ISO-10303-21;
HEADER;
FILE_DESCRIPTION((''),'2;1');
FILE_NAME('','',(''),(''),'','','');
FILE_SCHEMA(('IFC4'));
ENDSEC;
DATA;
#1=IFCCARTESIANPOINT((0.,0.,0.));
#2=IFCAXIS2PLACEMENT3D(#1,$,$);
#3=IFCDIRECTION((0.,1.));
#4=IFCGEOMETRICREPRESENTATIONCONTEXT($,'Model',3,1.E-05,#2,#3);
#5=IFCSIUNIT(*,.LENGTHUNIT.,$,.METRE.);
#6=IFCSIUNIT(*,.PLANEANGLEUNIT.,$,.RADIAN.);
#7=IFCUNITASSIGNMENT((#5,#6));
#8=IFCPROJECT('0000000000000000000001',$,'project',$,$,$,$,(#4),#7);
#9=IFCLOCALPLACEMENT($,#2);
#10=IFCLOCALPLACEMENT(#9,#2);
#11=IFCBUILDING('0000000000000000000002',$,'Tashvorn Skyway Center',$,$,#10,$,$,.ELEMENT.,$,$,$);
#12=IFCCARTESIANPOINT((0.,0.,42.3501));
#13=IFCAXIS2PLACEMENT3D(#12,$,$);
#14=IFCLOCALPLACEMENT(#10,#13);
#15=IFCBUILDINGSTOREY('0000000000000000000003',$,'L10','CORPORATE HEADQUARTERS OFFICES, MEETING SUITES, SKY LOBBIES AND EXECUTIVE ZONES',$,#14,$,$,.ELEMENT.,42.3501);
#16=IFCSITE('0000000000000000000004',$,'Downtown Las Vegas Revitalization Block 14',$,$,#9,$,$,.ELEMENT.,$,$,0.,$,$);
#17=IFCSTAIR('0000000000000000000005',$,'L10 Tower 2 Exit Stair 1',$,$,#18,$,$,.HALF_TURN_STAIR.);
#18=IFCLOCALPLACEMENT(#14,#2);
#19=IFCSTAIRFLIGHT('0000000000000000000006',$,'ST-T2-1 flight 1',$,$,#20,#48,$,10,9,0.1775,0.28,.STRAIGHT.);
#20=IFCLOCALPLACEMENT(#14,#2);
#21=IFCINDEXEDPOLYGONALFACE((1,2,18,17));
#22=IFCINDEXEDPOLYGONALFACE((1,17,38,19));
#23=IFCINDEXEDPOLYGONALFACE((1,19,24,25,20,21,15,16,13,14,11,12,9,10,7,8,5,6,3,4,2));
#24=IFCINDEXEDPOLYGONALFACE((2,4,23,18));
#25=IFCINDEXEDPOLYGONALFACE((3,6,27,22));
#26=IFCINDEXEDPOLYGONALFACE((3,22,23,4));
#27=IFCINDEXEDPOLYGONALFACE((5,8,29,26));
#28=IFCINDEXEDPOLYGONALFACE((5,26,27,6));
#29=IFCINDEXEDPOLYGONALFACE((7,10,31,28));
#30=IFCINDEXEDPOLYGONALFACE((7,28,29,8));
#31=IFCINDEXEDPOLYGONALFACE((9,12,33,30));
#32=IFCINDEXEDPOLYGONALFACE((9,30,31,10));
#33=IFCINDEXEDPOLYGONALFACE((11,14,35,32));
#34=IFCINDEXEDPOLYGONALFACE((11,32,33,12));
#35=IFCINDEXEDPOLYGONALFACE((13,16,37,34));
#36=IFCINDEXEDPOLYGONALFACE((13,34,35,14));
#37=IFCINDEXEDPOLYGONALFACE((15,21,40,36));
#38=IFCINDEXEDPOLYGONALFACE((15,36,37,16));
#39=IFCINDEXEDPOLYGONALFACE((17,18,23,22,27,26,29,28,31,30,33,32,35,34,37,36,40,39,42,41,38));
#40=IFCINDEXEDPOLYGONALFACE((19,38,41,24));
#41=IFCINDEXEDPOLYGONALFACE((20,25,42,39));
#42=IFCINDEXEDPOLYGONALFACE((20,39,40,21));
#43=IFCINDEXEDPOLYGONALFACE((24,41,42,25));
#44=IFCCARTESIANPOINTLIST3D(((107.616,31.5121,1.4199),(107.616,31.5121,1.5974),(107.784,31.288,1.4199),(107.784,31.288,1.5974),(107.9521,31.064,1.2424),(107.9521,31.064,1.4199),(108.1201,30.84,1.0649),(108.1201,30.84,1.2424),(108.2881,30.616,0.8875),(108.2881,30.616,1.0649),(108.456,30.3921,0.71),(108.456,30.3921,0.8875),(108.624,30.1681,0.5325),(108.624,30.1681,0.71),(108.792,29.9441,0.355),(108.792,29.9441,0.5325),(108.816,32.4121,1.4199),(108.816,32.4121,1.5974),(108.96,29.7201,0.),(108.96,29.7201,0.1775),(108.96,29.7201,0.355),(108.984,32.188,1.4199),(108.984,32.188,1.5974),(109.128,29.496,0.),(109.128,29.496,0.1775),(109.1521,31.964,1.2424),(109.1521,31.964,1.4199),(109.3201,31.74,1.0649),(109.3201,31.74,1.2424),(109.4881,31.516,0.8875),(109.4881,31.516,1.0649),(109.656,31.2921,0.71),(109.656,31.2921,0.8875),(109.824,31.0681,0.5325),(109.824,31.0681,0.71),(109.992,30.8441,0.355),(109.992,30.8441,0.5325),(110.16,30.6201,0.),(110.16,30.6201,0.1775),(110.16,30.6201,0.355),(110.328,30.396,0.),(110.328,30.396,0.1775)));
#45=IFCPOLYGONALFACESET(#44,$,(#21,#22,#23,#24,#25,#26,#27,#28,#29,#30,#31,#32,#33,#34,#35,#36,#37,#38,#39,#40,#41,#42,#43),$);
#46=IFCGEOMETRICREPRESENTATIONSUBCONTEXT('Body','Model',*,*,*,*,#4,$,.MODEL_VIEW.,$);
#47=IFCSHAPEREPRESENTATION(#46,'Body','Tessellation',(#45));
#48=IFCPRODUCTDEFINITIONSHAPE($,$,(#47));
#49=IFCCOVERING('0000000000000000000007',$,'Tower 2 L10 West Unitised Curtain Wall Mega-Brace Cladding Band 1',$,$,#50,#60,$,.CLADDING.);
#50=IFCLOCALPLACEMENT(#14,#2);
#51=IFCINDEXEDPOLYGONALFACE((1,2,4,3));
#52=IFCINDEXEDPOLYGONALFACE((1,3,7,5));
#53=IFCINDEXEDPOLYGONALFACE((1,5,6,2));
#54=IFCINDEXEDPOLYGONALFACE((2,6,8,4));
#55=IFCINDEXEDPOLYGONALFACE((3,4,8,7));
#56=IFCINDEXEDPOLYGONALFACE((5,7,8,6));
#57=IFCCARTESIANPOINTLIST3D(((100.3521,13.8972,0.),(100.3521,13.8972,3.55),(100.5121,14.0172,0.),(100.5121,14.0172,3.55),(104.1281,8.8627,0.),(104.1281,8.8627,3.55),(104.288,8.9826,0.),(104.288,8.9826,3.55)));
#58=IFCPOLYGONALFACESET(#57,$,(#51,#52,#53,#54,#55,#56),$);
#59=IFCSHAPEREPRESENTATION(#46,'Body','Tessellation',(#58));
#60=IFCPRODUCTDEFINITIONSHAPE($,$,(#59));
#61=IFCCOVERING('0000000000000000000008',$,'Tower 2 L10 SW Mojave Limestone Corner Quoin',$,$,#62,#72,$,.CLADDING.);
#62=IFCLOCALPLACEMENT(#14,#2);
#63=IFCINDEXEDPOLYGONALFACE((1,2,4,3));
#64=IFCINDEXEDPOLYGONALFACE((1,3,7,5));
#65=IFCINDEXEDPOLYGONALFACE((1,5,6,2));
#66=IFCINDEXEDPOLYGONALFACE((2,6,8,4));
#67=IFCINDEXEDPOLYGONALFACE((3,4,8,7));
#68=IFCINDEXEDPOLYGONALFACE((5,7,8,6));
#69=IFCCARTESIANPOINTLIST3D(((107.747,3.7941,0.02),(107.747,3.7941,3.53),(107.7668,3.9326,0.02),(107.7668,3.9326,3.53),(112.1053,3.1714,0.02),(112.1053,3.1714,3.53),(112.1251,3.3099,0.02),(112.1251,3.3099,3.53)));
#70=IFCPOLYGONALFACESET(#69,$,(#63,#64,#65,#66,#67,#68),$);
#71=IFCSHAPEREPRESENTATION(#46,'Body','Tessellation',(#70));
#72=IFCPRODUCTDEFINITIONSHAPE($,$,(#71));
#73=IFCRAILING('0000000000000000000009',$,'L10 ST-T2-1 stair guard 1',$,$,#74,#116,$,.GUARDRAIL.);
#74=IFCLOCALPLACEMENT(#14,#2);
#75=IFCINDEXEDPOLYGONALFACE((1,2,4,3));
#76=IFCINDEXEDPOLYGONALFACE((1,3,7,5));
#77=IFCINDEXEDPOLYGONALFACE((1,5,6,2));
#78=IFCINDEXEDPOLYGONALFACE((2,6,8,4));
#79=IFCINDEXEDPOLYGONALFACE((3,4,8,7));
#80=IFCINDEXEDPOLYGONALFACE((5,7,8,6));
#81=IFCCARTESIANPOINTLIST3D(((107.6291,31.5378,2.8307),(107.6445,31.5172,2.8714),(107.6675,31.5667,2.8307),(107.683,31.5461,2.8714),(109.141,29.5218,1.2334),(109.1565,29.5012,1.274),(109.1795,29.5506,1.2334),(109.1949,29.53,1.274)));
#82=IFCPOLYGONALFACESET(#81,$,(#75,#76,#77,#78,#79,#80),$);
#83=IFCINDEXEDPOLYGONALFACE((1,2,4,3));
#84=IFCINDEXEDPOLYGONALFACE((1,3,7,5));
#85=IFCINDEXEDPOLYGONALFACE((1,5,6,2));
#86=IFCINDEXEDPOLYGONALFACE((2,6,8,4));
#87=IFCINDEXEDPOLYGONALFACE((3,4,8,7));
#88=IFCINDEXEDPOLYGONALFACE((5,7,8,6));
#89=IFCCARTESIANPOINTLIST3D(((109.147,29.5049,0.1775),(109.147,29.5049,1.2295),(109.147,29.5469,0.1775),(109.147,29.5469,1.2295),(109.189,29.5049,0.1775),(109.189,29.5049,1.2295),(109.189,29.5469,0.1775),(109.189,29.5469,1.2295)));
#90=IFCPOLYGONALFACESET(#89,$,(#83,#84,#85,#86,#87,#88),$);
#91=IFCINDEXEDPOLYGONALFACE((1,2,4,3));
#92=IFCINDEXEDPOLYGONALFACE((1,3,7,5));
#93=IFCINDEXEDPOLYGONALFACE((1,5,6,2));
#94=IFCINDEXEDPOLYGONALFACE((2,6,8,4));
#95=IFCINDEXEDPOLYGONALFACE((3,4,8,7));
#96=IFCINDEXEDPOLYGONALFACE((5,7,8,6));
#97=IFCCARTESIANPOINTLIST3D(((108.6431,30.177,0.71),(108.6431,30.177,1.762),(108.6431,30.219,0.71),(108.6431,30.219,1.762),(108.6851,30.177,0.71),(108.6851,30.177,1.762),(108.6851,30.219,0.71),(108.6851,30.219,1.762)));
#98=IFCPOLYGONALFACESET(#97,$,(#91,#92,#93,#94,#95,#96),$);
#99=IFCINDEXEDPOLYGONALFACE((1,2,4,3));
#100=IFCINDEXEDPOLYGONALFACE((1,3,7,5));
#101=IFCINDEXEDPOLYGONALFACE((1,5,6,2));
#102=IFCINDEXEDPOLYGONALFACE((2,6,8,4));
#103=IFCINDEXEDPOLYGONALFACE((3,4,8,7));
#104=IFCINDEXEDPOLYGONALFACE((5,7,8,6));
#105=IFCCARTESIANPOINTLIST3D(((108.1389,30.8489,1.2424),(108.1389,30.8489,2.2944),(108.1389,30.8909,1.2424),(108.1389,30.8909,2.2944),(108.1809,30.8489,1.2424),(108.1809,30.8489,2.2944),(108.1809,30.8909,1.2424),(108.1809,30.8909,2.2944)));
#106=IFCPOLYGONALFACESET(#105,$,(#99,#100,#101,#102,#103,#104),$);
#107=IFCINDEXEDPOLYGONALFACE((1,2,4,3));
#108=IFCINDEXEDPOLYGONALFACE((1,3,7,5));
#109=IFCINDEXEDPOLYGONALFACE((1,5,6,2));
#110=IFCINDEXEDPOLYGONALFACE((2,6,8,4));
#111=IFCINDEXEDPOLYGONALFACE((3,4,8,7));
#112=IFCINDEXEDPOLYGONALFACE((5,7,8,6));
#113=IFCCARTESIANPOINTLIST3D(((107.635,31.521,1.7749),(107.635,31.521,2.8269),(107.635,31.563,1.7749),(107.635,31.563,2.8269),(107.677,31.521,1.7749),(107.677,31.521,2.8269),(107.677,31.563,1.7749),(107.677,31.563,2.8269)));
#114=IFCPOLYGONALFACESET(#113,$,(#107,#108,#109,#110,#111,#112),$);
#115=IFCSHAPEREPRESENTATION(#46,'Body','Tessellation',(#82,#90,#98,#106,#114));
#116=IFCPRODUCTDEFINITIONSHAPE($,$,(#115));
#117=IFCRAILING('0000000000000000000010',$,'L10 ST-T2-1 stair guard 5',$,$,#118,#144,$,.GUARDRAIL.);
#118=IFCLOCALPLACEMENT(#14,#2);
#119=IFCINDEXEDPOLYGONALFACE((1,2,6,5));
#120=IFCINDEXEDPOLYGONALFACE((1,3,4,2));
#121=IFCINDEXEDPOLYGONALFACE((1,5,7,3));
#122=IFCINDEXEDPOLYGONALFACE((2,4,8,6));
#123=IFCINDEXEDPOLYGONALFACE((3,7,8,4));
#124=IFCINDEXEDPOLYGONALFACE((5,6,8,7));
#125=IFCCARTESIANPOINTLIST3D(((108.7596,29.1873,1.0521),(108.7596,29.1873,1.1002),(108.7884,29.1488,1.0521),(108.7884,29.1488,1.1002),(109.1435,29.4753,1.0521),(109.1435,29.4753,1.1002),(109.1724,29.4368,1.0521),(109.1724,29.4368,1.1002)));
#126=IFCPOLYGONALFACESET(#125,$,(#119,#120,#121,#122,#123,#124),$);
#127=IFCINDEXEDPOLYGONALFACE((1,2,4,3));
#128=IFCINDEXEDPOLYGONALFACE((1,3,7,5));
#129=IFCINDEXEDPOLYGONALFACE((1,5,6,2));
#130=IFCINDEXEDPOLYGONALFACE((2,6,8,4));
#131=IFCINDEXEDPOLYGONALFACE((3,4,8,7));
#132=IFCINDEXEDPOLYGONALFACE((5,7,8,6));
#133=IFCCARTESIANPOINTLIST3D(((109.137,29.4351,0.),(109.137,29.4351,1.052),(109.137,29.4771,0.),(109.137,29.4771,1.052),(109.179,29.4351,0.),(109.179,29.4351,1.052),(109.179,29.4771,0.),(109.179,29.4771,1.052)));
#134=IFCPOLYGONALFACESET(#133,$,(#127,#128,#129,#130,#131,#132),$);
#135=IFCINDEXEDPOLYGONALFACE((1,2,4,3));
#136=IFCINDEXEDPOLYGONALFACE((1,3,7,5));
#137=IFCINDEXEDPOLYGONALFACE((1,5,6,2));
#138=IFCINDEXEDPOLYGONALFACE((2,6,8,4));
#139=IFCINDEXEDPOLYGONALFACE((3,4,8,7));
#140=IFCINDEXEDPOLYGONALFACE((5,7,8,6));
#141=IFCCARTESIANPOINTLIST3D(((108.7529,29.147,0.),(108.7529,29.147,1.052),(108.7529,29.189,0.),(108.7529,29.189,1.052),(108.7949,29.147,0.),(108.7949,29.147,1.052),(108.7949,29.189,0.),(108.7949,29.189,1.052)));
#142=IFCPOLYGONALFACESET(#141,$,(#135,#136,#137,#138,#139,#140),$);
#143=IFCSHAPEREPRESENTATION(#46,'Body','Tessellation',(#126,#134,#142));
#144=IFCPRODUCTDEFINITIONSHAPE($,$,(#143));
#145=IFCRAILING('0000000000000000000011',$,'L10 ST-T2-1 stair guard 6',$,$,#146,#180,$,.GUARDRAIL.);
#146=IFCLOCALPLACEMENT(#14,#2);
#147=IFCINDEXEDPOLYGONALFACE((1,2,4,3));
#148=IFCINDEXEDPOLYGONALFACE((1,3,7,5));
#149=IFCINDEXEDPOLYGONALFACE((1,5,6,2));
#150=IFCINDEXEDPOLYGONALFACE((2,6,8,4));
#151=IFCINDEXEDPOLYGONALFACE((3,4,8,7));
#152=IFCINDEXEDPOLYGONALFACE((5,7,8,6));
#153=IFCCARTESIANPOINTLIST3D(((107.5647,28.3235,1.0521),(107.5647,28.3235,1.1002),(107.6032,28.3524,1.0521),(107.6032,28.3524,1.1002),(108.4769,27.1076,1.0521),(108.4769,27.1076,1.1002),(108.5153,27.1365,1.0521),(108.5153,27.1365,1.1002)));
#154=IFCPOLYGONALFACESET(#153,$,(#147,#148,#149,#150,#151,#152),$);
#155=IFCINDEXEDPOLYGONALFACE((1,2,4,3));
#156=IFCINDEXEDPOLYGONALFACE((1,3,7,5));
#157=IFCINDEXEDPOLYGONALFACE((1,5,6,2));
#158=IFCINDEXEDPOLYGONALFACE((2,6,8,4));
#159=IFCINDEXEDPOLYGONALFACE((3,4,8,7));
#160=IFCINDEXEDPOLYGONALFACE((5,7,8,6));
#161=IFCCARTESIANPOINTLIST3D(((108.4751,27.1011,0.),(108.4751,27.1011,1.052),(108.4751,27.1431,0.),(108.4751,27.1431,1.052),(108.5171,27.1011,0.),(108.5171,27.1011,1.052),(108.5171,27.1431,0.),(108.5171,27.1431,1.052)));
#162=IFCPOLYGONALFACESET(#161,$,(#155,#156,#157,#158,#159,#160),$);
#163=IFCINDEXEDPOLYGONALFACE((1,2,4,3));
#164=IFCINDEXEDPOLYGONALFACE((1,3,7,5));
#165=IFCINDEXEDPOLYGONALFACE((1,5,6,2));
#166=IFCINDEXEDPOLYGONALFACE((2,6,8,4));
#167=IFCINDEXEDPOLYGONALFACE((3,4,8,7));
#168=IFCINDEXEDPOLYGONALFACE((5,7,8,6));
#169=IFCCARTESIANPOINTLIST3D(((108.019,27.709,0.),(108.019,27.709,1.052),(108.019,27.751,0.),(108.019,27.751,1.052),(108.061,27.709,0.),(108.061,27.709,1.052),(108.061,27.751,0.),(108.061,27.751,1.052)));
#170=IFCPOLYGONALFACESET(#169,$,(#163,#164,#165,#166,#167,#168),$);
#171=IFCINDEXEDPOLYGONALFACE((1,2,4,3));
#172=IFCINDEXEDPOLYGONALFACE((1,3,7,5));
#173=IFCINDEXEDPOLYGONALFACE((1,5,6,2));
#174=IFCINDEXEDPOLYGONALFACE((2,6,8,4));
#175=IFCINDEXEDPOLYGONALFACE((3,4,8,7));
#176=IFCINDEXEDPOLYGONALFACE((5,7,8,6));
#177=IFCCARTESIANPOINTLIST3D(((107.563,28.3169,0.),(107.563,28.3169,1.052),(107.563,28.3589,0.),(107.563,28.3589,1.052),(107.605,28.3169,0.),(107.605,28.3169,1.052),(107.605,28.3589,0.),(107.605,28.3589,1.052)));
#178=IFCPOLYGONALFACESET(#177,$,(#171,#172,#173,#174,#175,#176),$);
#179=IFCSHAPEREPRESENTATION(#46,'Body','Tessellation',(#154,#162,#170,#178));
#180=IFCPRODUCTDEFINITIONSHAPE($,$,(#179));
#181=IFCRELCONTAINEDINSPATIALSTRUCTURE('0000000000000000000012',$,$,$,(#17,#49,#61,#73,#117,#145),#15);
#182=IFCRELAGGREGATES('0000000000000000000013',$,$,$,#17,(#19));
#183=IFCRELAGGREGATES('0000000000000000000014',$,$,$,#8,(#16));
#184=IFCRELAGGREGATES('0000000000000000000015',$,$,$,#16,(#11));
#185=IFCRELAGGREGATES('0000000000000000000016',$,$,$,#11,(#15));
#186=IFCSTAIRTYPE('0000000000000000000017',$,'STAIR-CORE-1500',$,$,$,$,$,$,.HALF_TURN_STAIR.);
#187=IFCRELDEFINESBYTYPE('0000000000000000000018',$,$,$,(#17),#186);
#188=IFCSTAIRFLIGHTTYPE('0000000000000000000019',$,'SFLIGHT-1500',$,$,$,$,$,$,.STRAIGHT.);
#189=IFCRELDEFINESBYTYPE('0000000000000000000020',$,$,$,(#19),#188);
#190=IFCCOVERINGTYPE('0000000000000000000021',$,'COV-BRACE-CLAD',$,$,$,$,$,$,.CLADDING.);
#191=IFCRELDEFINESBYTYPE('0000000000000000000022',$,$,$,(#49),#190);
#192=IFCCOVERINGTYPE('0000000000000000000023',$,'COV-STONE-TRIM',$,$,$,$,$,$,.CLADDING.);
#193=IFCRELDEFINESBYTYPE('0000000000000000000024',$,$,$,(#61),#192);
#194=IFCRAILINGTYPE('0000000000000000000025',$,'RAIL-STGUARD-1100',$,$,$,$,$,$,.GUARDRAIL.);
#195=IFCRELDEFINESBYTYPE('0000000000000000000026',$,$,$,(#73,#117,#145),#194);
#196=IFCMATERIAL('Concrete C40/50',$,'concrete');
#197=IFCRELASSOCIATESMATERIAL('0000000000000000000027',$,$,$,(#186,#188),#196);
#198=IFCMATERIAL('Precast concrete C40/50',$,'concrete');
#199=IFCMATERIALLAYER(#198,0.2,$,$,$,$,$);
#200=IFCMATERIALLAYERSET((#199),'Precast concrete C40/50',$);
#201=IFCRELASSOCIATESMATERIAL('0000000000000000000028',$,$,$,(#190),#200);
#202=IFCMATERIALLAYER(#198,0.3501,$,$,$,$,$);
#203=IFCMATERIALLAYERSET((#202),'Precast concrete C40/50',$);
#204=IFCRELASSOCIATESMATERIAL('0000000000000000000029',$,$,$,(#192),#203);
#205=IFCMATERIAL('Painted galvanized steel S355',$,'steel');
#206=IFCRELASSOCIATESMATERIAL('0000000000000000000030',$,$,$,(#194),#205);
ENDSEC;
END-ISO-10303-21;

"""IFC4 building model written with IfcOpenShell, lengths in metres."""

from ifc_helpers import new_model, si_unit, direction, frame, origin, origin_2d, place, context, subcontext, project, spatial, polyline, rectangle, outline, extrude, material, layer, layer_set, type_object, element, aggregate, save


model = new_model("IFC4")

# Units and contexts
model_context = context("Model", 3, precision=1e-05, world=origin(), true_north=direction((0.0, 1.0)))
body_context = subcontext(model_context, "Body", "Model", "MODEL_VIEW")
ifc_project = project(units=[si_unit("LENGTHUNIT", "METRE"), si_unit("PLANEANGLEUNIT", "RADIAN")], contexts=[model_context])

# Site, building, storey
site_placement = place(None, origin())
site = spatial("IfcSite", under=ifc_project, at=site_placement, Name="Downtown Las Vegas Revitalization Block 14", CompositionType="ELEMENT", RefElevation=0.0)
building_placement = place(site_placement, origin())
building = spatial("IfcBuilding", under=site, at=building_placement, Name="Tashvorn Skyway Center", CompositionType="ELEMENT")
storey_placement = place(building_placement, frame((0.0, 0.0, 42.3501)))
storey = spatial("IfcBuildingStorey", under=building, at=storey_placement, Name="L10", Description="CORPORATE HEADQUARTERS OFFICES, MEETING SUITES, SKY LOBBIES AND EXECUTIVE ZONES", CompositionType="ELEMENT", Elevation=42.3501)

# Shared definitions
ifc_material_1 = material(Name="Precast concrete C40/50", Category="concrete")

# Shared definitions
ifc_material_2 = material(Name="Concrete C40/50", Category="concrete")

# Stair, stair flight
stair_type = type_object("IfcStairType", Name="STAIR-CORE-1500", PredefinedType="HALF_TURN_STAIR", material=ifc_material_2)
stair_placement = place(storey_placement, origin())
stair = element("IfcStair", 1, at=stair_placement, inside=storey, type_object=stair_type, Name="L10 Tower 2 Exit Stair 1", PredefinedType="HALF_TURN_STAIR")
stair_flight_type = type_object("IfcStairFlightType", Name="SFLIGHT-1500", PredefinedType="STRAIGHT", material=ifc_material_2)
stair_flight_placement = place(storey_placement, frame((109.728, 29.946, 0.0), z_axis=(0.0, 0.0, 1.0), x_axis=(-0.6, 0.8, 0.0)))
stair_flight = element("IfcStairFlight", 2, at=stair_flight_placement, type_object=stair_flight_type, Name="ST-T2-1 flight 1", NumberOfRisers=10, NumberOfTreads=9, PredefinedType="STRAIGHT", RiserHeight=0.1775, TreadLength=0.28, context=body_context, shape_type="SweptSolid", body=[
    extrude(outline(polyline([(0.0, 0.0), (0.0, 0.1775), (0.28, 0.1775), (0.28, 0.355), (0.5601, 0.355), (0.5601, 0.5325), (0.8401, 0.5325), (0.8401, 0.71), (1.1201, 0.71), (1.1201, 0.8875), (1.3999, 0.8875), (1.3999, 1.0649), (1.6799, 1.0649), (1.6799, 1.2424), (1.96, 1.2424), (1.96, 1.4199), (2.24, 1.4199), (2.24, 1.5974), (2.52, 1.5974), (2.52, 1.7749), (2.52, 1.4199), (0.28, 0.0), (0.0, 0.0)])), frame((0.0, 0.75, 0.0), z_axis=(0.0, -1.0, 0.0), x_axis=(1.0, 0.0, 0.0)), (0.0, 0.0, 1.0), 1.5),
])
aggregate(stair, [stair_flight])

# Coverings
ifc_layer_1 = layer(ifc_material_1, 0.2)
ifc_layer_set_1 = layer_set([ifc_layer_1], Name="Precast concrete C40/50")
covering_type_1 = type_object("IfcCoveringType", Name="COV-BRACE-CLAD", PredefinedType="CLADDING", material=ifc_layer_set_1)
covering_1_placement = place(storey_placement, frame((102.3201, 11.4399, 0.0), z_axis=(0.0, 0.0, 1.0), x_axis=(-0.6, 0.8, 0.0)))
element("IfcCovering", 3, at=covering_1_placement, inside=storey, type_object=covering_type_1, Name="Tower 2 L10 West Unitised Curtain Wall Mega-Brace Cladding Band 1", PredefinedType="CLADDING", context=body_context, shape_type="SweptSolid", body=[
    extrude(rectangle(XDim=6.2932, YDim=0.2, at=origin_2d()), origin(), (0.0, 0.0, 1.0), 3.55),
])
ifc_layer_2 = layer(ifc_material_1, 0.3501)
ifc_layer_set_2 = layer_set([ifc_layer_2], Name="Precast concrete C40/50")
covering_type_2 = type_object("IfcCoveringType", Name="COV-STONE-TRIM", PredefinedType="CLADDING", material=ifc_layer_set_2)
covering_2_placement = place(storey_placement, frame((109.936, 3.552, 0.02), z_axis=(0.0, 0.0, 1.0), x_axis=(-0.989949, 0.141421, 0.0)))
element("IfcCovering", 4, at=covering_2_placement, inside=storey, type_object=covering_type_2, Name="Tower 2 L10 SW Mojave Limestone Corner Quoin", PredefinedType="CLADDING", context=body_context, shape_type="SweptSolid", body=[
    extrude(rectangle(XDim=4.4026, YDim=0.1399, at=origin_2d()), origin(), (0.0, 0.0, 1.0), 3.51),
])

# Railings
ifc_material_3 = material(Name="Painted galvanized steel S355", Category="steel")
railing_type = type_object("IfcRailingType", Name="RAIL-STGUARD-1100", PredefinedType="GUARDRAIL", material=ifc_material_3)
railing_1_placement = place(storey_placement, frame((109.168, 29.5259, 0.1775)))
element("IfcRailing", 5, at=railing_1_placement, inside=storey, type_object=railing_type, Name="L10 ST-T2-1 stair guard 1", PredefinedType="GUARDRAIL", context=body_context, shape_type="SweptSolid", body=[
    extrude(rectangle(XDim=0.0481, YDim=0.0481, at=origin_2d()), frame((0.0, 0.0, 1.0762), z_axis=(-0.506741, 0.675709, 0.535379), x_axis=(-0.800023, -0.599969, 0.0)), (0.0, 0.0, 1.0), 2.9836),
    extrude(rectangle(XDim=0.042, YDim=0.042, at=origin_2d()), origin(), (0.0, 0.0, 1.0), 1.052),
    extrude(rectangle(XDim=0.042, YDim=0.042, at=origin_2d()), frame((-0.5039, 0.6721, 0.5325)), (0.0, 0.0, 1.0), 1.052),
    extrude(rectangle(XDim=0.042, YDim=0.042, at=origin_2d()), frame((-1.0081, 1.344, 1.0649)), (0.0, 0.0, 1.0), 1.052),
    extrude(rectangle(XDim=0.042, YDim=0.042, at=origin_2d()), frame((-1.512, 2.0161, 1.5974)), (0.0, 0.0, 1.0), 1.052),
])
railing_2_placement = place(storey_placement, frame((109.158, 29.4561, 0.0)))
element("IfcRailing", 6, at=railing_2_placement, inside=storey, type_object=railing_type, Name="L10 ST-T2-1 stair guard 5", PredefinedType="GUARDRAIL", context=body_context, shape_type="SweptSolid", body=[
    extrude(rectangle(XDim=0.0481, YDim=0.0481, at=origin_2d()), frame((0.0, 0.0, 1.0762), z_axis=(-0.799939, -0.600081, 0.0), x_axis=(0.600081, -0.799939, 0.0)), (0.0, 0.0, 1.0), 0.48),
    extrude(rectangle(XDim=0.042, YDim=0.042, at=origin_2d()), origin(), (0.0, 0.0, 1.0), 1.052),
    extrude(rectangle(XDim=0.042, YDim=0.042, at=origin_2d()), frame((-0.384, -0.2881, 0.0)), (0.0, 0.0, 1.0), 1.052),
])
railing_3_placement = place(storey_placement, frame((108.4961, 27.1221, 0.0)))
element("IfcRailing", 7, at=railing_3_placement, inside=storey, type_object=railing_type, Name="L10 ST-T2-1 stair guard 6", PredefinedType="GUARDRAIL", context=body_context, shape_type="SweptSolid", body=[
    extrude(rectangle(XDim=0.0481, YDim=0.0481, at=origin_2d()), frame((0.0, 0.0, 1.0762), z_axis=(-0.600103, 0.799923, 0.0), x_axis=(-0.799923, -0.600103, 0.0)), (0.0, 0.0, 1.0), 1.52),
    extrude(rectangle(XDim=0.042, YDim=0.042, at=origin_2d()), origin(), (0.0, 0.0, 1.0), 1.052),
    extrude(rectangle(XDim=0.042, YDim=0.042, at=origin_2d()), frame((-0.4561, 0.6079, 0.0)), (0.0, 0.0, 1.0), 1.052),
    extrude(rectangle(XDim=0.042, YDim=0.042, at=origin_2d()), frame((-0.9121, 1.2158, 0.0)), (0.0, 0.0, 1.0), 1.052),
])

save(model, "model.ifc")
